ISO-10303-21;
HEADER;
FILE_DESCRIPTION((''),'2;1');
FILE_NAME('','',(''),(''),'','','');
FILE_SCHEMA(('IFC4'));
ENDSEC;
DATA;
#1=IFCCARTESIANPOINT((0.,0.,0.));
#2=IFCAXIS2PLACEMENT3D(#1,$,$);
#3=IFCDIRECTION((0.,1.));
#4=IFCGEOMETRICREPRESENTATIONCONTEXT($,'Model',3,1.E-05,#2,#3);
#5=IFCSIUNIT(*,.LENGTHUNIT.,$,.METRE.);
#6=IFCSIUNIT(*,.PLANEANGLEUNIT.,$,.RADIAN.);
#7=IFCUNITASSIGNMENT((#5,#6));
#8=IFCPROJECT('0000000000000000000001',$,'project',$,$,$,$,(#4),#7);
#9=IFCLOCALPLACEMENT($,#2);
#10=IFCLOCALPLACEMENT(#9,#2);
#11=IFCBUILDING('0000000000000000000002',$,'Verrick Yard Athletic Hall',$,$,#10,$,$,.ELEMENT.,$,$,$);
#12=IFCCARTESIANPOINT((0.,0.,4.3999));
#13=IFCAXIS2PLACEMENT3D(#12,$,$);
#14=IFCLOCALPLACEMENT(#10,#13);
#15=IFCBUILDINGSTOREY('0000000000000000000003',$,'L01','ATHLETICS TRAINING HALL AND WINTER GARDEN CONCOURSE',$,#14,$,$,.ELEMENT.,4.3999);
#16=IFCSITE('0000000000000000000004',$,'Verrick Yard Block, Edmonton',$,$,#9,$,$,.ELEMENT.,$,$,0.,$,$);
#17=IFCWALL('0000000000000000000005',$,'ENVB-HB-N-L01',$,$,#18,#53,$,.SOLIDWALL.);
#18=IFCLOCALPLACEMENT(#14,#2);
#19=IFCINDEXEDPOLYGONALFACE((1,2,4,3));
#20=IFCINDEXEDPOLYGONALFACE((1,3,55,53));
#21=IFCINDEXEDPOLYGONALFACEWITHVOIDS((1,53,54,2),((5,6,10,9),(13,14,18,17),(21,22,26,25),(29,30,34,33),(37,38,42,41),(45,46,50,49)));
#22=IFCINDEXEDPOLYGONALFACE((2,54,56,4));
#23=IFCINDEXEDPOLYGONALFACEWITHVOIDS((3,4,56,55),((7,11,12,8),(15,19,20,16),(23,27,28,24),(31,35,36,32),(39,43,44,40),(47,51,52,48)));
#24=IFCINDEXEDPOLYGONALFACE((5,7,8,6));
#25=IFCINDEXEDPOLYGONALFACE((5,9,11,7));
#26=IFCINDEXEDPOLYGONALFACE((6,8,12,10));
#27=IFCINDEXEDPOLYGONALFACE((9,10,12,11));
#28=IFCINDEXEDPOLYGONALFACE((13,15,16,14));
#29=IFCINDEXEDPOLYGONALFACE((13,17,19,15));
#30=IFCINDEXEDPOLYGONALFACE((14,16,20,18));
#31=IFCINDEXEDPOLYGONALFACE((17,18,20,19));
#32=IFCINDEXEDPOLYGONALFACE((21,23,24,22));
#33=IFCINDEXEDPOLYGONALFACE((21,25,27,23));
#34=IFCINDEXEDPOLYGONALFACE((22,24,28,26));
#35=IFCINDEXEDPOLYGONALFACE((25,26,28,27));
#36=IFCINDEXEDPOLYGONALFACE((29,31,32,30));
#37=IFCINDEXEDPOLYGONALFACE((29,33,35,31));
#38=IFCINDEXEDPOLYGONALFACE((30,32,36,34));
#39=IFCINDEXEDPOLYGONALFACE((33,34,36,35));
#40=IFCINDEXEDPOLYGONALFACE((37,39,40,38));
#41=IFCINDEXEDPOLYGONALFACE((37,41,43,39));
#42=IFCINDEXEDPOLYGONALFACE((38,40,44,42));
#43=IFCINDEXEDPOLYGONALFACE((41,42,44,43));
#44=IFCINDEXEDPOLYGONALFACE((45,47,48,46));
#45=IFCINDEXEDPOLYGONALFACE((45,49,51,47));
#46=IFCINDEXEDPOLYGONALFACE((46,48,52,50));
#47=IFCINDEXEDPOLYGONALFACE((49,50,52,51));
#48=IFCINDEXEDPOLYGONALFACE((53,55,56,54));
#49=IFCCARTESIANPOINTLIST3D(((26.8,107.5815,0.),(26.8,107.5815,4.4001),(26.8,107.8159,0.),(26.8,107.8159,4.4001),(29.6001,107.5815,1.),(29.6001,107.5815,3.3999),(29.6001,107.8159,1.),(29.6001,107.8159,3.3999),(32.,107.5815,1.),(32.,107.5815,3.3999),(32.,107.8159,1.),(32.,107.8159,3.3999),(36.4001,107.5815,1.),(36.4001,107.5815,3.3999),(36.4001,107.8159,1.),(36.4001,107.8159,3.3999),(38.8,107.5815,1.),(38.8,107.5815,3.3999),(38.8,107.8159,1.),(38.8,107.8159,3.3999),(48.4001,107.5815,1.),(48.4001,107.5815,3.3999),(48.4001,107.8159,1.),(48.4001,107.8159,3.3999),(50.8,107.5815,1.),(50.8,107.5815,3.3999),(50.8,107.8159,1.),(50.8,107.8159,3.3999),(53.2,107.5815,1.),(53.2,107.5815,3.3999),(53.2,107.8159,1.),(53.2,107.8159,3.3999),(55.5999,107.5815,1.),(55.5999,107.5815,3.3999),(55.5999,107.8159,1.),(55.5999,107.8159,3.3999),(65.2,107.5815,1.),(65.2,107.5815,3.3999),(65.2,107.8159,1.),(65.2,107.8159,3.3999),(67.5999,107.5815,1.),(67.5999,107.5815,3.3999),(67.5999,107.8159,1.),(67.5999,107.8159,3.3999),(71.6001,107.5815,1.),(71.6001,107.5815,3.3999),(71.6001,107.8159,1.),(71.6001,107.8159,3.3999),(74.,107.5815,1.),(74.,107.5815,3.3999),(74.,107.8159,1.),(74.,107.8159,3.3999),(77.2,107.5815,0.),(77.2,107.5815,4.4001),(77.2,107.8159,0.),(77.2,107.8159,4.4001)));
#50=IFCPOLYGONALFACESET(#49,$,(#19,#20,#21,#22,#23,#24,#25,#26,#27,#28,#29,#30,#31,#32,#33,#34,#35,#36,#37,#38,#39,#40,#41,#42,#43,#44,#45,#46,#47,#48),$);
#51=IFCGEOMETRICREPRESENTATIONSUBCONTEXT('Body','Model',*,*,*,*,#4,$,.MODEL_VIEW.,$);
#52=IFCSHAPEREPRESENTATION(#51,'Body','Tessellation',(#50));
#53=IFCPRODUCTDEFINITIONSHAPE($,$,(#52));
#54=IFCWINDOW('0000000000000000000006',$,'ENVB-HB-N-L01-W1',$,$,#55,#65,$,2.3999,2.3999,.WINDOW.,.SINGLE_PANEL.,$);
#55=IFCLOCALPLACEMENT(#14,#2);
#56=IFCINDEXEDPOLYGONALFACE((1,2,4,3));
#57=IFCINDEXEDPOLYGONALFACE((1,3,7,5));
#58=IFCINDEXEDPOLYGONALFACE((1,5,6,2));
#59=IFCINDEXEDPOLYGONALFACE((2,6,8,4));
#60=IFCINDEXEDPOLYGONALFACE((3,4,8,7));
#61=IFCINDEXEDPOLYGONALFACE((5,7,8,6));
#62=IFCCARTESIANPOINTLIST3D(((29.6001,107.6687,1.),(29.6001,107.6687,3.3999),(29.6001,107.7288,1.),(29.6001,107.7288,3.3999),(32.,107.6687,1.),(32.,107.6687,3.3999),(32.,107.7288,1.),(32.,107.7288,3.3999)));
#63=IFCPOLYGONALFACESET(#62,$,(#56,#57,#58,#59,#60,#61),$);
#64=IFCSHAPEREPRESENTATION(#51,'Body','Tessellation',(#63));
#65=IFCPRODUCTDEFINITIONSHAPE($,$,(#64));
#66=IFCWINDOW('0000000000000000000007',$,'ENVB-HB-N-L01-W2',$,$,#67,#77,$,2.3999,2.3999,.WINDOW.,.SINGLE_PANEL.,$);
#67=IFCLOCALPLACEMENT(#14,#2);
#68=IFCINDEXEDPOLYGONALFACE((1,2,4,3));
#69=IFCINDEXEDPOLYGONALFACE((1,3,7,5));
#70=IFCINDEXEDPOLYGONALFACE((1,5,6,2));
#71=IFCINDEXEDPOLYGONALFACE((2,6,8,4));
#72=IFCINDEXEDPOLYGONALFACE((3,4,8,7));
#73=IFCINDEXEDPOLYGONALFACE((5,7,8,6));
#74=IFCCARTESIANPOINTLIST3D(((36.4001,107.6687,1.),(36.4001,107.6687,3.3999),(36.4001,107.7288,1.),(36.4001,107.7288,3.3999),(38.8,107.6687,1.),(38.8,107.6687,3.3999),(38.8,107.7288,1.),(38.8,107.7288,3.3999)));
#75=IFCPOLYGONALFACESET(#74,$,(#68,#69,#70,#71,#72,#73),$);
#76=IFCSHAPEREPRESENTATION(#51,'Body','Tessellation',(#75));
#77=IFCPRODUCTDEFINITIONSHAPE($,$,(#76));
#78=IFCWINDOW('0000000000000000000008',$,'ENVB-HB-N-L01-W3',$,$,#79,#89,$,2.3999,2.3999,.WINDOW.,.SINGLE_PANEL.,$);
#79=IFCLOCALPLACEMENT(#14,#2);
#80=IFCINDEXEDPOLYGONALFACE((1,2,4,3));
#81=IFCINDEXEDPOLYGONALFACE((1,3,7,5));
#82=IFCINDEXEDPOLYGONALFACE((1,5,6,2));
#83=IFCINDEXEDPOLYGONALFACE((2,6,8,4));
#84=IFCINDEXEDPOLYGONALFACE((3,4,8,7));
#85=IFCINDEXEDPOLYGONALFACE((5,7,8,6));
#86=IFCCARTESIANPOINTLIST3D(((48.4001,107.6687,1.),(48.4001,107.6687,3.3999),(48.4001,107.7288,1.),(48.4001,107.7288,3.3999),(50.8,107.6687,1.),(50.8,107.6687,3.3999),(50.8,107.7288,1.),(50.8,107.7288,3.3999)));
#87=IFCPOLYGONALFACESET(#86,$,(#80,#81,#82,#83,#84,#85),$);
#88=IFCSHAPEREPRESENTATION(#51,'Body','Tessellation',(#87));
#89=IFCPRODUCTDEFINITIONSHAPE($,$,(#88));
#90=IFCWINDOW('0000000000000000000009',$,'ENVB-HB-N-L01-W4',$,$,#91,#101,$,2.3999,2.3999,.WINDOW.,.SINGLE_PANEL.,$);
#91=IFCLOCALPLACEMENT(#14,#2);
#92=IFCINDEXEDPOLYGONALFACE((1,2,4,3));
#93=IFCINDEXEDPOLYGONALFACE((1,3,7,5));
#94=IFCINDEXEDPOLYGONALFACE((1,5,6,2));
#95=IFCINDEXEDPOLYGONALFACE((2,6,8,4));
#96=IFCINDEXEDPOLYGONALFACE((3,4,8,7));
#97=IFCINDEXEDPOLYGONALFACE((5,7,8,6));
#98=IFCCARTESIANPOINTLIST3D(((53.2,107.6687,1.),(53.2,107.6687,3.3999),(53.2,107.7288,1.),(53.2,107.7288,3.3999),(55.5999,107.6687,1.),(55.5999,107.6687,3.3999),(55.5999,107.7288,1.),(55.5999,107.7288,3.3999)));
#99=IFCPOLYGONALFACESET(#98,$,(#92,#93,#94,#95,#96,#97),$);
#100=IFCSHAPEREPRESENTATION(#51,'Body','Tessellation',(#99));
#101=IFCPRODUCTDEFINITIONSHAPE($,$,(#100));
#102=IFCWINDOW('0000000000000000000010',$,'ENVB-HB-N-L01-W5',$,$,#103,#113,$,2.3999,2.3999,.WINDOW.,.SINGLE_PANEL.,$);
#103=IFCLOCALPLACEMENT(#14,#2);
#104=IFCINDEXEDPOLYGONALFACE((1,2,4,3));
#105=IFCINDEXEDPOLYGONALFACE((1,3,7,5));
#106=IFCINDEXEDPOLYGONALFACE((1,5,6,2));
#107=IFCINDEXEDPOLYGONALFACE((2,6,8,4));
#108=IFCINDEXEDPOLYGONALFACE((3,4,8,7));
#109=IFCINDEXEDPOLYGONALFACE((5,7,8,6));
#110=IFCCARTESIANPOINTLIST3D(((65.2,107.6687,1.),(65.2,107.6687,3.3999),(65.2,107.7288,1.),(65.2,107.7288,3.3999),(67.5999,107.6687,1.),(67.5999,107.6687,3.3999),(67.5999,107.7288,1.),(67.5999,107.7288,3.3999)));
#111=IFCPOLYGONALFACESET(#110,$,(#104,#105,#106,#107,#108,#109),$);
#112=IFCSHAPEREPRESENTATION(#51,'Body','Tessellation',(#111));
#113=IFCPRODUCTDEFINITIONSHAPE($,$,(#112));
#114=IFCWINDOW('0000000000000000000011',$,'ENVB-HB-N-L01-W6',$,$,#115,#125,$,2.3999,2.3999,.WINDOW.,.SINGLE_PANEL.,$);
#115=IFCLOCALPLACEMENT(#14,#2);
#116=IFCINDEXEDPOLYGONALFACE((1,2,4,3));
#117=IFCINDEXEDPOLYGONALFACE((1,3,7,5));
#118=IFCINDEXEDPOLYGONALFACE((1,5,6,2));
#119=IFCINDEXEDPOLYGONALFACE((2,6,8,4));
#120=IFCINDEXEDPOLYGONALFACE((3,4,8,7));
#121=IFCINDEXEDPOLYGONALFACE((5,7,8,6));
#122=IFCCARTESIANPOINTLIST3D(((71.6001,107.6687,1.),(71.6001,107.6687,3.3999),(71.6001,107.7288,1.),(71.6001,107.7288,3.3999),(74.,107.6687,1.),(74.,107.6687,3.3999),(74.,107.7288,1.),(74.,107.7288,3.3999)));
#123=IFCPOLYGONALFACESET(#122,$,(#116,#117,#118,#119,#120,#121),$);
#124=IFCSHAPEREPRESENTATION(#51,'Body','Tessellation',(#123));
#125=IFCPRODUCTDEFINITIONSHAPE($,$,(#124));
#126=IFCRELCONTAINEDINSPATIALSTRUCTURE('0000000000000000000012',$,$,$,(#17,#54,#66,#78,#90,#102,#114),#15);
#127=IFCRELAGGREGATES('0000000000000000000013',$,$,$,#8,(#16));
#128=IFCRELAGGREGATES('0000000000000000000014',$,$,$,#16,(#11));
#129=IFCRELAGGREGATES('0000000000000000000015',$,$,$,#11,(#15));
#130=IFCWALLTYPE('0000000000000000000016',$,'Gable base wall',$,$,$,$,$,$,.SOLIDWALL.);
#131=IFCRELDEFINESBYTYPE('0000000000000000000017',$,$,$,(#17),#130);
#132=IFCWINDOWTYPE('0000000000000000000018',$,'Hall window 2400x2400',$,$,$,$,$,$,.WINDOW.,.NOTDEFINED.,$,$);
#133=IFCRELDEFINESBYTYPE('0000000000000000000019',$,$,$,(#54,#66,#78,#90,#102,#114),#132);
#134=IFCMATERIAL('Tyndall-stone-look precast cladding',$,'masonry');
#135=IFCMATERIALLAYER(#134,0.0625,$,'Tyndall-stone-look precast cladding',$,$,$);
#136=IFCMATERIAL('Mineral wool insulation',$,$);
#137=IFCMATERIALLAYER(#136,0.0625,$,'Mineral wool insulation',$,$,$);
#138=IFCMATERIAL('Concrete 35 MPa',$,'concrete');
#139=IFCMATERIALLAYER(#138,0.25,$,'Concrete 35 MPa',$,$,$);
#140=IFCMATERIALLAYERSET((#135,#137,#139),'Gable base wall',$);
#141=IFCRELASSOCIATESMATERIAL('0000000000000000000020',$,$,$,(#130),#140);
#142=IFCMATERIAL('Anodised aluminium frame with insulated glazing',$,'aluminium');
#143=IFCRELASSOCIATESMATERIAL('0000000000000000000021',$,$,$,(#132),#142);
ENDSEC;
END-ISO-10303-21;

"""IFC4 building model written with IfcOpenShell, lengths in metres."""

from ifc_helpers import new_model, si_unit, direction, frame, frame_2d, origin, place, context, subcontext, project, spatial, rectangle, extrude, material, layer, layer_set, type_object, element, fill, save


model = new_model("IFC4")

# Units and contexts
model_context = context("Model", 3, precision=1e-05, world=origin(), true_north=direction((0.0, 1.0)))
body_context = subcontext(model_context, "Body", "Model", "MODEL_VIEW")
ifc_project = project(units=[si_unit("LENGTHUNIT", "METRE"), si_unit("PLANEANGLEUNIT", "RADIAN")], contexts=[model_context])

# Site, building, storey
site_placement = place(None, origin())
site = spatial("IfcSite", under=ifc_project, at=site_placement, Name="Verrick Yard Block, Edmonton", CompositionType="ELEMENT", RefElevation=0.0)
building_placement = place(site_placement, origin())
building = spatial("IfcBuilding", under=site, at=building_placement, Name="Verrick Yard Athletic Hall", CompositionType="ELEMENT")
storey_placement = place(building_placement, frame((0.0, 0.0, 4.3999)))
storey = spatial("IfcBuildingStorey", under=building, at=storey_placement, Name="L01", Description="ATHLETICS TRAINING HALL AND WINTER GARDEN CONCOURSE", CompositionType="ELEMENT", Elevation=4.3999)

# Shared definitions
ifc_material_1 = material(Name="Concrete 35 MPa", Category="concrete")

# Wall, openings, windows
ifc_material_2 = material(Name="Tyndall-stone-look precast cladding", Category="masonry")
ifc_layer_1 = layer(ifc_material_2, 0.0625, Name="Tyndall-stone-look precast cladding")
ifc_material_3 = material(Name="Mineral wool insulation")
ifc_layer_2 = layer(ifc_material_3, 0.0625, Name="Mineral wool insulation")
ifc_layer_3 = layer(ifc_material_1, 0.25, Name="Concrete 35 MPa")
ifc_layer_set_1 = layer_set([ifc_layer_1, ifc_layer_2, ifc_layer_3], Name="Gable base wall")
wall_type_1 = type_object("IfcWallType", Name="Gable base wall", PredefinedType="SOLIDWALL", material=ifc_layer_set_1)
wall_1_placement = place(storey_placement, frame((26.8, 107.6987, 0.0), z_axis=(0.0, 0.0, 1.0), x_axis=(1.0, 0.0, 0.0)))
wall_1 = element("IfcWall", 1, at=wall_1_placement, inside=storey, type_object=wall_type_1, Name="ENVB-HB-N-L01", PredefinedType="SOLIDWALL", context=body_context, shape_type="SweptSolid", body=[
    extrude(rectangle(XDim=50.3999, YDim=0.2344, at=frame_2d((25.2, 0.0))), origin(), (0.0, 0.0, 1.0), 4.4001),
])
opening_1_placement = place(wall_1_placement, frame((2.8, 0.0, 1.0)))
opening_1 = element("IfcOpeningElement", 2, at=opening_1_placement, cuts=wall_1, PredefinedType="OPENING", context=body_context, shape_type="SweptSolid", body=[
    extrude(rectangle(XDim=2.3999, YDim=2.3999, at=frame_2d((1.2, 1.2))), frame((0.0, 0.1272, 0.0), z_axis=(0.0, -1.0, 0.0), x_axis=(1.0, 0.0, 0.0)), (0.0, 0.0, 1.0), 0.2544),
])
opening_2_placement = place(wall_1_placement, frame((9.6001, 0.0, 1.0)))
opening_2 = element("IfcOpeningElement", 3, at=opening_2_placement, cuts=wall_1, PredefinedType="OPENING", context=body_context, shape_type="SweptSolid", body=[
    extrude(rectangle(XDim=2.3999, YDim=2.3999, at=frame_2d((1.2, 1.2))), frame((0.0, 0.1272, 0.0), z_axis=(0.0, -1.0, 0.0), x_axis=(1.0, 0.0, 0.0)), (0.0, 0.0, 1.0), 0.2544),
])
opening_3_placement = place(wall_1_placement, frame((21.6001, 0.0, 1.0)))
opening_3 = element("IfcOpeningElement", 4, at=opening_3_placement, cuts=wall_1, PredefinedType="OPENING", context=body_context, shape_type="SweptSolid", body=[
    extrude(rectangle(XDim=2.3999, YDim=2.3999, at=frame_2d((1.2, 1.2))), frame((0.0, 0.1272, 0.0), z_axis=(0.0, -1.0, 0.0), x_axis=(1.0, 0.0, 0.0)), (0.0, 0.0, 1.0), 0.2544),
])
opening_4_placement = place(wall_1_placement, frame((26.3999, 0.0, 1.0)))
opening_4 = element("IfcOpeningElement", 5, at=opening_4_placement, cuts=wall_1, PredefinedType="OPENING", context=body_context, shape_type="SweptSolid", body=[
    extrude(rectangle(XDim=2.3999, YDim=2.3999, at=frame_2d((1.2, 1.2))), frame((0.0, 0.1272, 0.0), z_axis=(0.0, -1.0, 0.0), x_axis=(1.0, 0.0, 0.0)), (0.0, 0.0, 1.0), 0.2544),
])
opening_5_placement = place(wall_1_placement, frame((38.3999, 0.0, 1.0)))
opening_5 = element("IfcOpeningElement", 6, at=opening_5_placement, cuts=wall_1, PredefinedType="OPENING", context=body_context, shape_type="SweptSolid", body=[
    extrude(rectangle(XDim=2.3999, YDim=2.3999, at=frame_2d((1.2, 1.2))), frame((0.0, 0.1272, 0.0), z_axis=(0.0, -1.0, 0.0), x_axis=(1.0, 0.0, 0.0)), (0.0, 0.0, 1.0), 0.2544),
])
opening_6_placement = place(wall_1_placement, frame((44.8, 0.0, 1.0)))
opening_6 = element("IfcOpeningElement", 7, at=opening_6_placement, cuts=wall_1, PredefinedType="OPENING", context=body_context, shape_type="SweptSolid", body=[
    extrude(rectangle(XDim=2.3999, YDim=2.3999, at=frame_2d((1.2, 1.2))), frame((0.0, 0.1272, 0.0), z_axis=(0.0, -1.0, 0.0), x_axis=(1.0, 0.0, 0.0)), (0.0, 0.0, 1.0), 0.2544),
])
ifc_material_4 = material(Name="Anodised aluminium frame with insulated glazing", Category="aluminium")
window_type = type_object("IfcWindowType", Name="Hall window 2400x2400", PartitioningType="NOTDEFINED", PredefinedType="WINDOW", material=ifc_material_4)
window_1_placement = place(opening_1_placement, origin())
window_1 = element("IfcWindow", 8, at=window_1_placement, inside=storey, type_object=window_type, Name="ENVB-HB-N-L01-W1", OverallHeight=2.3999, OverallWidth=2.3999, PartitioningType="SINGLE_PANEL", PredefinedType="WINDOW", context=body_context, shape_type="SweptSolid", body=[
    extrude(rectangle(XDim=2.3999, YDim=2.3999, at=frame_2d((1.2, 1.2))), frame((0.0, 0.03, 0.0), z_axis=(0.0, -1.0, 0.0), x_axis=(1.0, 0.0, 0.0)), (0.0, 0.0, 1.0), 0.0601),
])
fill(opening_1, window_1)
window_2_placement = place(opening_2_placement, origin())
window_2 = element("IfcWindow", 9, at=window_2_placement, inside=storey, type_object=window_type, Name="ENVB-HB-N-L01-W2", OverallHeight=2.3999, OverallWidth=2.3999, PartitioningType="SINGLE_PANEL", PredefinedType="WINDOW", context=body_context, shape_type="SweptSolid", body=[
    extrude(rectangle(XDim=2.3999, YDim=2.3999, at=frame_2d((1.2, 1.2))), frame((0.0, 0.03, 0.0), z_axis=(0.0, -1.0, 0.0), x_axis=(1.0, 0.0, 0.0)), (0.0, 0.0, 1.0), 0.0601),
])
fill(opening_2, window_2)
window_3_placement = place(opening_3_placement, origin())
window_3 = element("IfcWindow", 10, at=window_3_placement, inside=storey, type_object=window_type, Name="ENVB-HB-N-L01-W3", OverallHeight=2.3999, OverallWidth=2.3999, PartitioningType="SINGLE_PANEL", PredefinedType="WINDOW", context=body_context, shape_type="SweptSolid", body=[
    extrude(rectangle(XDim=2.3999, YDim=2.3999, at=frame_2d((1.2, 1.2))), frame((0.0, 0.03, 0.0), z_axis=(0.0, -1.0, 0.0), x_axis=(1.0, 0.0, 0.0)), (0.0, 0.0, 1.0), 0.0601),
])
fill(opening_3, window_3)
window_4_placement = place(opening_4_placement, origin())
window_4 = element("IfcWindow", 11, at=window_4_placement, inside=storey, type_object=window_type, Name="ENVB-HB-N-L01-W4", OverallHeight=2.3999, OverallWidth=2.3999, PartitioningType="SINGLE_PANEL", PredefinedType="WINDOW", context=body_context, shape_type="SweptSolid", body=[
    extrude(rectangle(XDim=2.3999, YDim=2.3999, at=frame_2d((1.2, 1.2))), frame((0.0, 0.03, 0.0), z_axis=(0.0, -1.0, 0.0), x_axis=(1.0, 0.0, 0.0)), (0.0, 0.0, 1.0), 0.0601),
])
fill(opening_4, window_4)
window_5_placement = place(opening_5_placement, origin())
window_5 = element("IfcWindow", 12, at=window_5_placement, inside=storey, type_object=window_type, Name="ENVB-HB-N-L01-W5", OverallHeight=2.3999, OverallWidth=2.3999, PartitioningType="SINGLE_PANEL", PredefinedType="WINDOW", context=body_context, shape_type="SweptSolid", body=[
    extrude(rectangle(XDim=2.3999, YDim=2.3999, at=frame_2d((1.2, 1.2))), frame((0.0, 0.03, 0.0), z_axis=(0.0, -1.0, 0.0), x_axis=(1.0, 0.0, 0.0)), (0.0, 0.0, 1.0), 0.0601),
])
fill(opening_5, window_5)
window_6_placement = place(opening_6_placement, origin())
window_6 = element("IfcWindow", 13, at=window_6_placement, inside=storey, type_object=window_type, Name="ENVB-HB-N-L01-W6", OverallHeight=2.3999, OverallWidth=2.3999, PartitioningType="SINGLE_PANEL", PredefinedType="WINDOW", context=body_context, shape_type="SweptSolid", body=[
    extrude(rectangle(XDim=2.3999, YDim=2.3999, at=frame_2d((1.2, 1.2))), frame((0.0, 0.03, 0.0), z_axis=(0.0, -1.0, 0.0), x_axis=(1.0, 0.0, 0.0)), (0.0, 0.0, 1.0), 0.0601),
])
fill(opening_6, window_6)

save(model, "model.ifc")
